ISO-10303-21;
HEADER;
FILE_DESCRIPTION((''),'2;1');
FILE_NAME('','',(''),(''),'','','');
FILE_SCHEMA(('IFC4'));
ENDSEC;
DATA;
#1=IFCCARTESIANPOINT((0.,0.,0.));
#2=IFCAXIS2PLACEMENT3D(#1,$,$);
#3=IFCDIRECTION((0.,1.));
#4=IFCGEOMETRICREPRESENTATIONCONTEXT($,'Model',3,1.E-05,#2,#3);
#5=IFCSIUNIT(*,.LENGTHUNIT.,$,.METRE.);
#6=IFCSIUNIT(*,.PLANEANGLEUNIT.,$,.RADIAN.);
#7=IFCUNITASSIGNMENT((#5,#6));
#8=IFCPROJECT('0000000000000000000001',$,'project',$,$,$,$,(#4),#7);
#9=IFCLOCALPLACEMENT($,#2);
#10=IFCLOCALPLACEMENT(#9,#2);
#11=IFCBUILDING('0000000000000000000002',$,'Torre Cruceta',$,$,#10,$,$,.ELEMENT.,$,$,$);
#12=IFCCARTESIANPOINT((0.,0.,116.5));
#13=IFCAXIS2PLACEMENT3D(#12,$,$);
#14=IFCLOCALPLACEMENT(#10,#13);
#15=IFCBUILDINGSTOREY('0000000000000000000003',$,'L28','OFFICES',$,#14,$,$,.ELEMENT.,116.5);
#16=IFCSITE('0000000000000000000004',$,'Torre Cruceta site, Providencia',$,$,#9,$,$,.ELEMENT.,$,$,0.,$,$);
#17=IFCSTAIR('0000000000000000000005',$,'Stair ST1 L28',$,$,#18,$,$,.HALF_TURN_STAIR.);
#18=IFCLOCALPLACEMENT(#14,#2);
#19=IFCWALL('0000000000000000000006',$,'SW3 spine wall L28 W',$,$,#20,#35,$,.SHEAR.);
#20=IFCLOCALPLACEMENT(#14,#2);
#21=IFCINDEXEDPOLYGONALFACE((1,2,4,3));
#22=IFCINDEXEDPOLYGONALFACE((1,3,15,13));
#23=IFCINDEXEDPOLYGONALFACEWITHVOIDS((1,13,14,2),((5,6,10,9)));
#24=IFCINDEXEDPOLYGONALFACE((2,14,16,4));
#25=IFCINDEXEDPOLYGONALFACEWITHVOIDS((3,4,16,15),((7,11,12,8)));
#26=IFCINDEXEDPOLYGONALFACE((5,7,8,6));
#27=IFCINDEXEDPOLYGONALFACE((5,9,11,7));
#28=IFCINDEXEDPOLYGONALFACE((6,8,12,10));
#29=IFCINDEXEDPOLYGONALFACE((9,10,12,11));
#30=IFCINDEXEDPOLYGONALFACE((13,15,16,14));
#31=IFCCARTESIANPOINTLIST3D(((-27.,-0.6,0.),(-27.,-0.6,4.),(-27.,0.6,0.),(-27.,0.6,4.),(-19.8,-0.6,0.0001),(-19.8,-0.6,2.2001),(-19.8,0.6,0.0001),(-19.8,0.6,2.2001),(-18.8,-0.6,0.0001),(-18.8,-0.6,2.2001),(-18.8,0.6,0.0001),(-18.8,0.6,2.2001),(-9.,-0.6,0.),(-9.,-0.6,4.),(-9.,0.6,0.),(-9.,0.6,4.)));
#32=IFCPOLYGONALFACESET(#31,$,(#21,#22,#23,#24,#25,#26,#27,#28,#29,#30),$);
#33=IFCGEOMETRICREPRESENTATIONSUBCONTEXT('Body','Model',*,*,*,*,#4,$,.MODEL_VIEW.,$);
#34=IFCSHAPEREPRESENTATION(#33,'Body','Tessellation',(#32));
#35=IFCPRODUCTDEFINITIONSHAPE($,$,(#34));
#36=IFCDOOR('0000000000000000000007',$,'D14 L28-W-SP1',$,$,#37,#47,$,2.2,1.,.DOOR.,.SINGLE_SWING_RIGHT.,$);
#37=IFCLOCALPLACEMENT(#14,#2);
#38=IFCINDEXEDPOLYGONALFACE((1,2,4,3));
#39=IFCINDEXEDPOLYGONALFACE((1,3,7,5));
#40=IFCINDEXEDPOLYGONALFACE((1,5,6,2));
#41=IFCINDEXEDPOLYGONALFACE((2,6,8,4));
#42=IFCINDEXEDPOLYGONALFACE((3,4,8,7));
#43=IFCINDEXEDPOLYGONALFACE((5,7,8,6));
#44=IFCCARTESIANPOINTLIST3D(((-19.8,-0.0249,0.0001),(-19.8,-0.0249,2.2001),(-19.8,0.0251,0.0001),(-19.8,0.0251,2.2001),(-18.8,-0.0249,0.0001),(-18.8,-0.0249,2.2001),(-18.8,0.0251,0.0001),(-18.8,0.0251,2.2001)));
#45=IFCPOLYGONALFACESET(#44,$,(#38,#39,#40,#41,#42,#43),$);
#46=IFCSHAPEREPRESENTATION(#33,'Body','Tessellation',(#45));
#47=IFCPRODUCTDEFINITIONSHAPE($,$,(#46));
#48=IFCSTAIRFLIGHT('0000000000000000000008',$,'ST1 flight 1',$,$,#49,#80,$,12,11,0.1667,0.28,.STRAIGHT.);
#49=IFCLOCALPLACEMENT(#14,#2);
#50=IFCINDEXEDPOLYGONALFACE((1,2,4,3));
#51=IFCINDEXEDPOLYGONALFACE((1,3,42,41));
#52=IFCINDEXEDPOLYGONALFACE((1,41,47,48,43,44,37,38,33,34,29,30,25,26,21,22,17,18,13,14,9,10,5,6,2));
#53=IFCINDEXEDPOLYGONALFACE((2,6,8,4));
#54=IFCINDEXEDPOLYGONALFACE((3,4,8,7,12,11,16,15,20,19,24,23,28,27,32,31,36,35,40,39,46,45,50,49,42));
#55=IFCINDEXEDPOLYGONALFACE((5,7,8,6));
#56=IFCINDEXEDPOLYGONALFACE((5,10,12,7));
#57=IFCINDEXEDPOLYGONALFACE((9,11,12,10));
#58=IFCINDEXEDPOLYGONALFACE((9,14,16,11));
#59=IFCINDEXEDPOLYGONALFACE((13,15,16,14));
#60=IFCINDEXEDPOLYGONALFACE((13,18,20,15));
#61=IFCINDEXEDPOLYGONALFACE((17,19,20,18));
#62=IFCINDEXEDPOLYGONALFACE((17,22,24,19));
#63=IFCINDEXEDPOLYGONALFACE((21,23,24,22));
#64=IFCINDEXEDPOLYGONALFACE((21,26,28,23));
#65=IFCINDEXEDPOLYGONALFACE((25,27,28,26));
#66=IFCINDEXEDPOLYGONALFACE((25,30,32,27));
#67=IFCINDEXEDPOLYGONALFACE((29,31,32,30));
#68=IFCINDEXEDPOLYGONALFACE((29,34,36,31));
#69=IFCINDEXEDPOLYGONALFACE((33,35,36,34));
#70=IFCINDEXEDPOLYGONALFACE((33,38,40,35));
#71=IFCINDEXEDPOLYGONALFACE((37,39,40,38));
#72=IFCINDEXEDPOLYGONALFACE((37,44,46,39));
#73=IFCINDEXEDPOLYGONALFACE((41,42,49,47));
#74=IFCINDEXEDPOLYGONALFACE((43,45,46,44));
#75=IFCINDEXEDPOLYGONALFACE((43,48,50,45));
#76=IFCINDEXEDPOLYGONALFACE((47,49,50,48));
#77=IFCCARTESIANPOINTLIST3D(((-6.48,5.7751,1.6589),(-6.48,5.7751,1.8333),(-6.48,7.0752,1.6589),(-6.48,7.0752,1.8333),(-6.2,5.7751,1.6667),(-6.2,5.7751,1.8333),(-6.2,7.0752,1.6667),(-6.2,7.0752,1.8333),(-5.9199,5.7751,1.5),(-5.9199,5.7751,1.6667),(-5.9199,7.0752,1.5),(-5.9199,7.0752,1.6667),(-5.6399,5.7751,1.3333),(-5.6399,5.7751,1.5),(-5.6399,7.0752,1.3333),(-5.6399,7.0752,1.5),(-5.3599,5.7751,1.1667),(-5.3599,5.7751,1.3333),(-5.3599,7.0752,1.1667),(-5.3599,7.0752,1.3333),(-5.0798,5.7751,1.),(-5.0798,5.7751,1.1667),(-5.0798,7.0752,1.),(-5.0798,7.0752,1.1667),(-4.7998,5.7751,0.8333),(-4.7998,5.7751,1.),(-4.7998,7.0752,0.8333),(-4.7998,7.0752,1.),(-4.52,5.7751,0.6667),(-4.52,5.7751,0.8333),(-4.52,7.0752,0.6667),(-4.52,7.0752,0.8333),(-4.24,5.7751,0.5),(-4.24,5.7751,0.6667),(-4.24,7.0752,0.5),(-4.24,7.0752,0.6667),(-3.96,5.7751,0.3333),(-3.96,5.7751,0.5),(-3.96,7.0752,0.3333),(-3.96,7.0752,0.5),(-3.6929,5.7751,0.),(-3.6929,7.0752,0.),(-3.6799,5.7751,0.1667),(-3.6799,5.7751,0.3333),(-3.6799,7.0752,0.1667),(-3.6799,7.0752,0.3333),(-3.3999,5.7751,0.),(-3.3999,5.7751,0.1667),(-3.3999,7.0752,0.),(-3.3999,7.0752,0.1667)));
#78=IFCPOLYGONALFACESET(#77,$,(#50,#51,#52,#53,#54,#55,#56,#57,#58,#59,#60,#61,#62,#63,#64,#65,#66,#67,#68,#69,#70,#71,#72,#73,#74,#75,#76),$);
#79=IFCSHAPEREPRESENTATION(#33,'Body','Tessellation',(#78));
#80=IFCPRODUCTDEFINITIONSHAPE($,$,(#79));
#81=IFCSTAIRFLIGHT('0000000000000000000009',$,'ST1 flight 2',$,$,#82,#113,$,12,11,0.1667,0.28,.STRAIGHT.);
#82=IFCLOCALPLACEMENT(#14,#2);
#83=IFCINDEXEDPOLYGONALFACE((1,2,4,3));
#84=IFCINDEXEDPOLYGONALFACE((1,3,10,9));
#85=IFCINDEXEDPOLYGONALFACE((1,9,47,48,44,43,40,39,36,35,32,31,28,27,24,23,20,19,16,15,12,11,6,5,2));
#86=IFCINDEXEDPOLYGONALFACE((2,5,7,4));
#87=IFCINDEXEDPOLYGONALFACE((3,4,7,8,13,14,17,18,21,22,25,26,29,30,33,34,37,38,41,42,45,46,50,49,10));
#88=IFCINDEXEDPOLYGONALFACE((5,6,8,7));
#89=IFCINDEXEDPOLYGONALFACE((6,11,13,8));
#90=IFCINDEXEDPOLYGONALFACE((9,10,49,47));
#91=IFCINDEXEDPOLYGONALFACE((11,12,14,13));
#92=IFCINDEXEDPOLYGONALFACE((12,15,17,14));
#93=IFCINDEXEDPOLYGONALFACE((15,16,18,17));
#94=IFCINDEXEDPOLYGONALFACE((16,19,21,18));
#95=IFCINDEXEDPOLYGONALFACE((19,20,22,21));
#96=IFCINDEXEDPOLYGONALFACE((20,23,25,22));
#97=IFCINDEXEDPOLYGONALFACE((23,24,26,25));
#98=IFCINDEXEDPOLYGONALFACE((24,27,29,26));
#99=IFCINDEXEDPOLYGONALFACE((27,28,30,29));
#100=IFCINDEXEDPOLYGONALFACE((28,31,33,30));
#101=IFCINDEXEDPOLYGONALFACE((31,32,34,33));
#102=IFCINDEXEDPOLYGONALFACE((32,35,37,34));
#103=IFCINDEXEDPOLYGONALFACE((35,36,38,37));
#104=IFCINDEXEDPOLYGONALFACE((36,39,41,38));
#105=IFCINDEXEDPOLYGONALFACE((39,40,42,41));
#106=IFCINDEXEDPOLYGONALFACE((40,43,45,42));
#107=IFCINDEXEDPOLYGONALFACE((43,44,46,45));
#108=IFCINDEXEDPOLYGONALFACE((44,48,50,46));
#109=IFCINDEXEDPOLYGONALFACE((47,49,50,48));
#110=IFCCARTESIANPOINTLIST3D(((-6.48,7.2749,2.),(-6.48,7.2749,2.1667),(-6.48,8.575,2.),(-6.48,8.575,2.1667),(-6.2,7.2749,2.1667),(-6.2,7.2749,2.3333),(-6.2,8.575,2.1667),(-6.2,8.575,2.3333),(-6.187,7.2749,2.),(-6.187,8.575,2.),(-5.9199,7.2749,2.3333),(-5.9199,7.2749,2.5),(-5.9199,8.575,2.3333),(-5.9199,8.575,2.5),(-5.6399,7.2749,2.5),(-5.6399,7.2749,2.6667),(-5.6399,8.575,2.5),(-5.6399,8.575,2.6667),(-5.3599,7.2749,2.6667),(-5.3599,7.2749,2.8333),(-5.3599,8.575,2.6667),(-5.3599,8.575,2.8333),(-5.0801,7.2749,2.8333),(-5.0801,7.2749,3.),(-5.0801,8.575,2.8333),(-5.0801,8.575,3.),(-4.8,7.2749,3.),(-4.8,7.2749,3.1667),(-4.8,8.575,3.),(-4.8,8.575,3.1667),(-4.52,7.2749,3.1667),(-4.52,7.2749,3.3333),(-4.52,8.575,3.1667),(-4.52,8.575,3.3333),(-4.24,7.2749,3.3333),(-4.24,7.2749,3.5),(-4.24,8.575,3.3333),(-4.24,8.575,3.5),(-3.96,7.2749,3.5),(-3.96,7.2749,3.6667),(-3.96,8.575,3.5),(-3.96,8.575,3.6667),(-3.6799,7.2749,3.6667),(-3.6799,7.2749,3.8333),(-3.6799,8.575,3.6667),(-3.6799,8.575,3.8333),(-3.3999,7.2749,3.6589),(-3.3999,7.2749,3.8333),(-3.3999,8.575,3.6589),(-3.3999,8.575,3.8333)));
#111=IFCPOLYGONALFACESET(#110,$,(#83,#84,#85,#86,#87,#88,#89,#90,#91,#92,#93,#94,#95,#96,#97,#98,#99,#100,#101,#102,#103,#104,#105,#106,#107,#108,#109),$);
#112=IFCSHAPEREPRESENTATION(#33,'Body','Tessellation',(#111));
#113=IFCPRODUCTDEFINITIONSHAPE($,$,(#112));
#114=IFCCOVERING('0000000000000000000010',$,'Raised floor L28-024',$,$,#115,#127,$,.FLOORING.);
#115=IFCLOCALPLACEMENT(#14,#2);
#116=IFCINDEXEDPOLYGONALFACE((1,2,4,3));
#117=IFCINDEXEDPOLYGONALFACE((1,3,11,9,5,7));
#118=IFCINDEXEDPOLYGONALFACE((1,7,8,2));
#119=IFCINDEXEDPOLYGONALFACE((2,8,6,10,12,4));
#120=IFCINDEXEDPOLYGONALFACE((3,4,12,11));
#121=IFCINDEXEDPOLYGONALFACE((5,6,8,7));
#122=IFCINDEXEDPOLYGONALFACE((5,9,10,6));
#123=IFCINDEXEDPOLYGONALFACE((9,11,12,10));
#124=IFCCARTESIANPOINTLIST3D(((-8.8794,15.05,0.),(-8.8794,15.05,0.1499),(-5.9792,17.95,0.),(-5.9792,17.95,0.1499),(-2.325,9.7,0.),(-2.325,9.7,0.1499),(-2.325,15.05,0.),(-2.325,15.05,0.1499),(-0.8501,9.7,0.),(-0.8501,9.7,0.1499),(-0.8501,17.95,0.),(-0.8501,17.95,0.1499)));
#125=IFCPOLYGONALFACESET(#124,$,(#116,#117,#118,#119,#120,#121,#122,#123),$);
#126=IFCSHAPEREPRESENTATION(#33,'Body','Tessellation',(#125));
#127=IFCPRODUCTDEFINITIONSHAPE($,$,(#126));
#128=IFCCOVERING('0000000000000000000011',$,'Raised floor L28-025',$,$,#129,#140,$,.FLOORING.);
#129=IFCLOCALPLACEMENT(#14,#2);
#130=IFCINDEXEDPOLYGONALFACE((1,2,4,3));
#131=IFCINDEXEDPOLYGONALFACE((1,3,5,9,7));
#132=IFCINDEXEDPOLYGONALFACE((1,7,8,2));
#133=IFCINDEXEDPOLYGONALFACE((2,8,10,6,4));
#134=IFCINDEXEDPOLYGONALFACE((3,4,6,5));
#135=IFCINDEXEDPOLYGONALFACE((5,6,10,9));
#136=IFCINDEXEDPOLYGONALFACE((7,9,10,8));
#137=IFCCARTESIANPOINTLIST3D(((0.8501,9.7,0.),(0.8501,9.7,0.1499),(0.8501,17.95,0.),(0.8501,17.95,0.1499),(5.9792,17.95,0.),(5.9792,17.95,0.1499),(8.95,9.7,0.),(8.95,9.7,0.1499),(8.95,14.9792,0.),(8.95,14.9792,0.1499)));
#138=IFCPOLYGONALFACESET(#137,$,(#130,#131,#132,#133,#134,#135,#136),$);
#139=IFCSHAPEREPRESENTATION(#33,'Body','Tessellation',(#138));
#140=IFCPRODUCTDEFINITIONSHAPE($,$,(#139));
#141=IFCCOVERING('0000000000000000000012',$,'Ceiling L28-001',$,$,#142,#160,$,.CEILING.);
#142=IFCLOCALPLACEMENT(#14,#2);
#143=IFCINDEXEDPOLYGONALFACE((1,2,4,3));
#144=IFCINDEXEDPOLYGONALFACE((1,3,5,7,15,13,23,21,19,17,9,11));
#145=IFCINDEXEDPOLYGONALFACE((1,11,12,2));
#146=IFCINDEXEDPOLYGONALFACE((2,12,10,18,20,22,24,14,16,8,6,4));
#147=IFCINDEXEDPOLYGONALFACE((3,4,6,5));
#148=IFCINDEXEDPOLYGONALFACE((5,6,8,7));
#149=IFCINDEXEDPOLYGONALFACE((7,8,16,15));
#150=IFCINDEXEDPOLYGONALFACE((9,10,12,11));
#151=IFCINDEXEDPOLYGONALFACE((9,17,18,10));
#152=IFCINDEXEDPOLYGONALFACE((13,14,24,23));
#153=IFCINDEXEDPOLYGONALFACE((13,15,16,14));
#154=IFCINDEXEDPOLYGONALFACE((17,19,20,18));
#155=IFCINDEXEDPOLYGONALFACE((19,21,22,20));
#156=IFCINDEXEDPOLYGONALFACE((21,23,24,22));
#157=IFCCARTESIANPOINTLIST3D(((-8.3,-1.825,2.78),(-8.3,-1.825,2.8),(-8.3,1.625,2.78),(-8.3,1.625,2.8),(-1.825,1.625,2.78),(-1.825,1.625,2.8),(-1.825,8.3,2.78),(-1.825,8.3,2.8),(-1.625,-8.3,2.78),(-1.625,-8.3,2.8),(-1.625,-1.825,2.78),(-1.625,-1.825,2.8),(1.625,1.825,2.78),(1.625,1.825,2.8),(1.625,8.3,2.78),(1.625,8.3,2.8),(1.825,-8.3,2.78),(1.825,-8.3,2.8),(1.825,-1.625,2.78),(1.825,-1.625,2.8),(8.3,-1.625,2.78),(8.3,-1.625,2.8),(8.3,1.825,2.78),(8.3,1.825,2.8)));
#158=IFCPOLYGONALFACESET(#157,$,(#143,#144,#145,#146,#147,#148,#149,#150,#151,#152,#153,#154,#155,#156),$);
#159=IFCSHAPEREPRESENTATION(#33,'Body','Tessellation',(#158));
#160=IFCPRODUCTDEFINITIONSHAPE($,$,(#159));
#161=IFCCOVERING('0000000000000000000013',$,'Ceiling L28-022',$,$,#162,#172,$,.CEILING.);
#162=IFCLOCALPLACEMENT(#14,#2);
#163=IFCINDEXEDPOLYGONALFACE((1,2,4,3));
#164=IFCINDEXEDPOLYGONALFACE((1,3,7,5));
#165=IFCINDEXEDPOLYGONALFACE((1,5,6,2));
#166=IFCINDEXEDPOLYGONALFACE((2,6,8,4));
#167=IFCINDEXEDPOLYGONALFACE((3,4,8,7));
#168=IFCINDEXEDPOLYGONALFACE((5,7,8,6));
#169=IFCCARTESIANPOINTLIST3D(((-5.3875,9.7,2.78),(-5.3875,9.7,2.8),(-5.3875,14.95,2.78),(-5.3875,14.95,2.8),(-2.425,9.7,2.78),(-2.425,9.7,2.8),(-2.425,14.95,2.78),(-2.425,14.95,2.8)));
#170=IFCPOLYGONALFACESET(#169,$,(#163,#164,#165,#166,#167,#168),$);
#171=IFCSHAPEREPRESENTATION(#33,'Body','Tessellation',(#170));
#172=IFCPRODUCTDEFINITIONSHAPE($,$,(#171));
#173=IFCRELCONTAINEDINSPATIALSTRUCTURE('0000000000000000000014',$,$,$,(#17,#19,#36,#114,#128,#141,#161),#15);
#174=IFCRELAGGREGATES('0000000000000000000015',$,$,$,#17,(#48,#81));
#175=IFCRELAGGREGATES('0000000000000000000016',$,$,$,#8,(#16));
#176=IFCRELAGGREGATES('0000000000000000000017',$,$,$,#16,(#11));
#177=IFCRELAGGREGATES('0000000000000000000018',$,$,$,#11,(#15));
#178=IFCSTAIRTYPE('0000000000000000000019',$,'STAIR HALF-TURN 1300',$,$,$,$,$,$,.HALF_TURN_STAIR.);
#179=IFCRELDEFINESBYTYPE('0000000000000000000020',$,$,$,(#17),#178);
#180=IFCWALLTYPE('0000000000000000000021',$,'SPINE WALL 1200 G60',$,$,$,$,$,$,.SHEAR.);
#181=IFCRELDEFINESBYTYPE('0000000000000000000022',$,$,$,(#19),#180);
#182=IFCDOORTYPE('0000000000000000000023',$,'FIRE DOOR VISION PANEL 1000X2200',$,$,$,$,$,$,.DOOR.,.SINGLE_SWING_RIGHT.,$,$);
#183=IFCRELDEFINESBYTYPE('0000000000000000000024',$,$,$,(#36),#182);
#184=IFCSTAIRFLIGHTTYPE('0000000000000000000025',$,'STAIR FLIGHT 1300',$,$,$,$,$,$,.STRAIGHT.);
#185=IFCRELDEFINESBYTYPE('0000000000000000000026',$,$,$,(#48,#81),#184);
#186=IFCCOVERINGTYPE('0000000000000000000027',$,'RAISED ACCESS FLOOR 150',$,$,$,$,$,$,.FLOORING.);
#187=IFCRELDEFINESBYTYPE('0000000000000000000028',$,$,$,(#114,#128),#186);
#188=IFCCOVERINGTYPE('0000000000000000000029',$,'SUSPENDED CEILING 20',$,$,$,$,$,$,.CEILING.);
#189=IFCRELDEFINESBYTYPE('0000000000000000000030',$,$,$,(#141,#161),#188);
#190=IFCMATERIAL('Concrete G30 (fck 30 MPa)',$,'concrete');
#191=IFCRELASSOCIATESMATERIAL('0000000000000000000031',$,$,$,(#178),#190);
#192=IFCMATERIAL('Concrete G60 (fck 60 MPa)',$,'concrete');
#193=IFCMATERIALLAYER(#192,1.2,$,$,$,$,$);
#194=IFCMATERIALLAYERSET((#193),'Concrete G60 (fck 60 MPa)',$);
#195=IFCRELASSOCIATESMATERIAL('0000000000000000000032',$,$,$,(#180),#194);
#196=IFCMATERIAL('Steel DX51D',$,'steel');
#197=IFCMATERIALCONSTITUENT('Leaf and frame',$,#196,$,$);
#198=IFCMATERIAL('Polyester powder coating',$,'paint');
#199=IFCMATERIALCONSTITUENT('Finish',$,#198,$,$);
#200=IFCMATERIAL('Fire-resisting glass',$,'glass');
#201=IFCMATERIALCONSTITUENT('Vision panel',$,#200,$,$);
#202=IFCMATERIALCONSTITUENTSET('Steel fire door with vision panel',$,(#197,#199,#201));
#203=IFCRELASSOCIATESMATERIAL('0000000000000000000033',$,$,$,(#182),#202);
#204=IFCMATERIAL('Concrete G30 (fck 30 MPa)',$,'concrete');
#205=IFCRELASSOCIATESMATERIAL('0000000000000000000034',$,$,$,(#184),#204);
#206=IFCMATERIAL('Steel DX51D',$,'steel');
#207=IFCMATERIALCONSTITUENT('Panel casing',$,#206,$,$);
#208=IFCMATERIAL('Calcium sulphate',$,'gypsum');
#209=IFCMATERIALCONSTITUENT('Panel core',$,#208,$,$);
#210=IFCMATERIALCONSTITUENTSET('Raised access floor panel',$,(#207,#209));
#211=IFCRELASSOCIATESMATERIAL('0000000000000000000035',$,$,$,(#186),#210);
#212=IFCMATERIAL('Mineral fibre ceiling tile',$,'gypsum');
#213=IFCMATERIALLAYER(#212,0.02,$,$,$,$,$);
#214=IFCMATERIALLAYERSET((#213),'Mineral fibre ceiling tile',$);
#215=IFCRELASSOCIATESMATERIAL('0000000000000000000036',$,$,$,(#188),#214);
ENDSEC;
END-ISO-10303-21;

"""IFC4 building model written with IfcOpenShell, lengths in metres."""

from ifc_helpers import new_model, si_unit, direction, frame, frame_2d, origin, place, context, subcontext, project, spatial, polyline, rectangle, outline, extrude, material, layer, layer_set, constituent, constituent_set, type_object, element, fill, aggregate, save


model = new_model("IFC4")

# Units and contexts
model_context = context("Model", 3, precision=1e-05, world=origin(), true_north=direction((0.0, 1.0)))
body_context = subcontext(model_context, "Body", "Model", "MODEL_VIEW")
ifc_project = project(units=[si_unit("LENGTHUNIT", "METRE"), si_unit("PLANEANGLEUNIT", "RADIAN")], contexts=[model_context])

# Site, building, storey
site_placement = place(None, origin())
site = spatial("IfcSite", under=ifc_project, at=site_placement, Name="Torre Cruceta site, Providencia", CompositionType="ELEMENT", RefElevation=0.0)
building_placement = place(site_placement, origin())
building = spatial("IfcBuilding", under=site, at=building_placement, Name="Torre Cruceta", CompositionType="ELEMENT")
storey_placement = place(building_placement, frame((0.0, 0.0, 116.5)))
storey = spatial("IfcBuildingStorey", under=building, at=storey_placement, Name="L28", Description="OFFICES", CompositionType="ELEMENT", Elevation=116.5)

# Stair
ifc_material_1 = material(Name="Concrete G30 (fck 30 MPa)", Category="concrete")
stair_type = type_object("IfcStairType", Name="STAIR HALF-TURN 1300", PredefinedType="HALF_TURN_STAIR", material=ifc_material_1)
stair_1_placement = place(storey_placement, origin())
stair_1 = element("IfcStair", 1, at=stair_1_placement, inside=storey, type_object=stair_type, Name="Stair ST1 L28", PredefinedType="HALF_TURN_STAIR")

# Wall, opening, door
ifc_material_2 = material(Name="Concrete G60 (fck 60 MPa)", Category="concrete")
ifc_layer_1 = layer(ifc_material_2, 1.2)
ifc_layer_set_1 = layer_set([ifc_layer_1], Name="Concrete G60 (fck 60 MPa)")
wall_type_1 = type_object("IfcWallType", Name="SPINE WALL 1200 G60", PredefinedType="SHEAR", material=ifc_layer_set_1)
wall_1_placement = place(storey_placement, frame((-9.0, 0.0, 0.0), z_axis=(0.0, 0.0, 1.0), x_axis=(-1.0, 0.0, 0.0)))
wall_1 = element("IfcWall", 2, at=wall_1_placement, inside=storey, type_object=wall_type_1, Name="SW3 spine wall L28 W", PredefinedType="SHEAR", context=body_context, shape_type="SweptSolid", body=[
    extrude(rectangle(XDim=18.0, YDim=1.2, at=frame_2d((9.0, 0.0))), origin(), (0.0, 0.0, 1.0), 4.0),
])
opening_1_placement = place(wall_1_placement, frame((9.8, 0.0, 0.0)))
opening_1 = element("IfcOpeningElement", 3, at=opening_1_placement, cuts=wall_1, PredefinedType="OPENING", context=body_context, shape_type="SweptSolid", body=[
    extrude(rectangle(XDim=1.0, YDim=2.2, at=frame_2d((0.5, 1.1001))), frame((0.0, 0.6099, 0.0), z_axis=(0.0, -1.0, 0.0), x_axis=(1.0, 0.0, 0.0)), (0.0, 0.0, 1.0), 1.22),
])
ifc_material_3 = material(Name="Steel DX51D", Category="steel")
ifc_constituent_1 = constituent(ifc_material_3, Name="Leaf and frame")
ifc_material_4 = material(Name="Polyester powder coating", Category="paint")
ifc_constituent_2 = constituent(ifc_material_4, Name="Finish")
ifc_material_5 = material(Name="Fire-resisting glass", Category="glass")
ifc_constituent_3 = constituent(ifc_material_5, Name="Vision panel")
ifc_constituent_set_1 = constituent_set(constituents=[ifc_constituent_1, ifc_constituent_2, ifc_constituent_3], Name="Steel fire door with vision panel")
door_type_1 = type_object("IfcDoorType", Name="FIRE DOOR VISION PANEL 1000X2200", OperationType="SINGLE_SWING_RIGHT", PredefinedType="DOOR", material=ifc_constituent_set_1)
door_1_placement = place(opening_1_placement, frame((1.0, 0.0, 0.0), z_axis=(0.0, 0.0, 1.0), x_axis=(-1.0, 0.0, 0.0)))
door_1 = element("IfcDoor", 4, at=door_1_placement, inside=storey, type_object=door_type_1, Name="D14 L28-W-SP1", OperationType="SINGLE_SWING_RIGHT", OverallHeight=2.2, OverallWidth=1.0, PredefinedType="DOOR", context=body_context, shape_type="SweptSolid", body=[
    extrude(rectangle(XDim=1.0, YDim=2.2, at=frame_2d((0.5, 1.1001))), frame((0.0, 0.0251, 0.0), z_axis=(0.0, -1.0, 0.0), x_axis=(1.0, 0.0, 0.0)), (0.0, 0.0, 1.0), 0.05),
])
fill(opening_1, door_1)

# Stair flights
ifc_material_6 = material(Name="Concrete G30 (fck 30 MPa)", Category="concrete")
stair_flight_type = type_object("IfcStairFlightType", Name="STAIR FLIGHT 1300", PredefinedType="STRAIGHT", material=ifc_material_6)
stair_flight_1_placement = place(storey_placement, frame((-3.3999, 6.425, 0.0), z_axis=(0.0, 0.0, 1.0), x_axis=(-1.0, 0.0, 0.0)))
stair_flight_1 = element("IfcStairFlight", 5, at=stair_flight_1_placement, type_object=stair_flight_type, Name="ST1 flight 1", NumberOfRisers=12, NumberOfTreads=11, PredefinedType="STRAIGHT", RiserHeight=0.1667, TreadLength=0.28, context=body_context, shape_type="SweptSolid", body=[
    extrude(outline(polyline([(0.0, 0.0), (0.0, 0.1667), (0.28, 0.1667), (0.28, 0.3333), (0.5601, 0.3333), (0.5601, 0.5), (0.8401, 0.5), (0.8401, 0.6667), (1.1201, 0.6667), (1.1201, 0.8333), (1.3999, 0.8333), (1.3999, 1.0), (1.6799, 1.0), (1.6799, 1.1667), (1.96, 1.1667), (1.96, 1.3333), (2.24, 1.3333), (2.24, 1.5), (2.52, 1.5), (2.52, 1.6667), (2.8, 1.6667), (2.8, 1.8333), (3.0801, 1.8333), (3.0801, 2.0), (3.0801, 1.6589), (0.293, 0.0), (0.0, 0.0)])), frame((0.0, 0.6499, 0.0), z_axis=(0.0, -1.0, 0.0), x_axis=(1.0, 0.0, 0.0)), (0.0, 0.0, 1.0), 1.3),
])
stair_flight_2_placement = place(storey_placement, frame((-6.48, 7.925, 2.0), z_axis=(0.0, 0.0, 1.0), x_axis=(1.0, 0.0, 0.0)))
stair_flight_2 = element("IfcStairFlight", 6, at=stair_flight_2_placement, type_object=stair_flight_type, Name="ST1 flight 2", NumberOfRisers=12, NumberOfTreads=11, PredefinedType="STRAIGHT", RiserHeight=0.1667, TreadLength=0.28, context=body_context, shape_type="SweptSolid", body=[
    extrude(outline(polyline([(0.0, 0.0), (0.0, 0.1667), (0.28, 0.1667), (0.28, 0.3333), (0.5601, 0.3333), (0.5601, 0.5), (0.8401, 0.5), (0.8401, 0.6667), (1.1201, 0.6667), (1.1201, 0.8333), (1.3999, 0.8333), (1.3999, 1.0), (1.6799, 1.0), (1.6799, 1.1667), (1.96, 1.1667), (1.96, 1.3333), (2.24, 1.3333), (2.24, 1.5), (2.52, 1.5), (2.52, 1.6667), (2.8, 1.6667), (2.8, 1.8333), (3.0801, 1.8333), (3.0801, 2.0), (3.0801, 1.6589), (0.293, 0.0), (0.0, 0.0)])), frame((0.0, 0.6499, 0.0), z_axis=(0.0, -1.0, 0.0), x_axis=(1.0, 0.0, 0.0)), (0.0, 0.0, 1.0), 1.3),
])
aggregate(stair_1, [stair_flight_1, stair_flight_2])

# Coverings
ifc_material_7 = material(Name="Steel DX51D", Category="steel")
ifc_constituent_4 = constituent(ifc_material_7, Name="Panel casing")
ifc_material_8 = material(Name="Calcium sulphate", Category="gypsum")
ifc_constituent_5 = constituent(ifc_material_8, Name="Panel core")
ifc_constituent_set_2 = constituent_set(constituents=[ifc_constituent_4, ifc_constituent_5], Name="Raised access floor panel")
covering_type_1 = type_object("IfcCoveringType", Name="RAISED ACCESS FLOOR 150", PredefinedType="FLOORING", material=ifc_constituent_set_2)
covering_1_placement = place(storey_placement, origin())
element("IfcCovering", 7, at=covering_1_placement, inside=storey, type_object=covering_type_1, Name="Raised floor L28-024", PredefinedType="FLOORING", context=body_context, shape_type="SweptSolid", body=[
    extrude(outline(polyline([(-0.8501, 17.95), (-0.8501, 9.7), (-2.325, 9.7), (-2.325, 15.05), (-8.8794, 15.05), (-5.9792, 17.95), (-0.8501, 17.95)])), origin(), (0.0, 0.0, 1.0), 0.1499),
])
covering_2_placement = place(storey_placement, origin())
element("IfcCovering", 8, at=covering_2_placement, inside=storey, type_object=covering_type_1, Name="Raised floor L28-025", PredefinedType="FLOORING", context=body_context, shape_type="SweptSolid", body=[
    extrude(outline(polyline([(5.9792, 17.95), (8.95, 14.9792), (8.95, 9.7), (0.8501, 9.7), (0.8501, 17.95), (5.9792, 17.95)])), origin(), (0.0, 0.0, 1.0), 0.1499),
])
ifc_material_9 = material(Name="Mineral fibre ceiling tile", Category="gypsum")
ifc_layer_2 = layer(ifc_material_9, 0.02)
ifc_layer_set_2 = layer_set([ifc_layer_2], Name="Mineral fibre ceiling tile")
covering_type_2 = type_object("IfcCoveringType", Name="SUSPENDED CEILING 20", PredefinedType="CEILING", material=ifc_layer_set_2)
covering_3_placement = place(storey_placement, frame((0.0, 0.0, 2.78)))
element("IfcCovering", 9, at=covering_3_placement, inside=storey, type_object=covering_type_2, Name="Ceiling L28-001", PredefinedType="CEILING", context=body_context, shape_type="SweptSolid", body=[
    extrude(outline(polyline([(-1.625, -8.3), (-1.625, -1.825), (-8.3, -1.825), (-8.3, 1.625), (-1.825, 1.625), (-1.825, 8.3), (1.625, 8.3), (1.625, 1.825), (8.3, 1.825), (8.3, -1.625), (1.825, -1.625), (1.825, -8.3), (-1.625, -8.3)])), origin(), (0.0, 0.0, 1.0), 0.02),
])
covering_4_placement = place(storey_placement, frame((0.0, 0.0, 2.78)))
element("IfcCovering", 10, at=covering_4_placement, inside=storey, type_object=covering_type_2, Name="Ceiling L28-022", PredefinedType="CEILING", context=body_context, shape_type="SweptSolid", body=[
    extrude(outline(polyline([(-2.425, 9.7), (-5.3875, 9.7), (-5.3875, 14.95), (-2.425, 14.95), (-2.425, 9.7)])), origin(), (0.0, 0.0, 1.0), 0.02),
])

save(model, "model.ifc")
